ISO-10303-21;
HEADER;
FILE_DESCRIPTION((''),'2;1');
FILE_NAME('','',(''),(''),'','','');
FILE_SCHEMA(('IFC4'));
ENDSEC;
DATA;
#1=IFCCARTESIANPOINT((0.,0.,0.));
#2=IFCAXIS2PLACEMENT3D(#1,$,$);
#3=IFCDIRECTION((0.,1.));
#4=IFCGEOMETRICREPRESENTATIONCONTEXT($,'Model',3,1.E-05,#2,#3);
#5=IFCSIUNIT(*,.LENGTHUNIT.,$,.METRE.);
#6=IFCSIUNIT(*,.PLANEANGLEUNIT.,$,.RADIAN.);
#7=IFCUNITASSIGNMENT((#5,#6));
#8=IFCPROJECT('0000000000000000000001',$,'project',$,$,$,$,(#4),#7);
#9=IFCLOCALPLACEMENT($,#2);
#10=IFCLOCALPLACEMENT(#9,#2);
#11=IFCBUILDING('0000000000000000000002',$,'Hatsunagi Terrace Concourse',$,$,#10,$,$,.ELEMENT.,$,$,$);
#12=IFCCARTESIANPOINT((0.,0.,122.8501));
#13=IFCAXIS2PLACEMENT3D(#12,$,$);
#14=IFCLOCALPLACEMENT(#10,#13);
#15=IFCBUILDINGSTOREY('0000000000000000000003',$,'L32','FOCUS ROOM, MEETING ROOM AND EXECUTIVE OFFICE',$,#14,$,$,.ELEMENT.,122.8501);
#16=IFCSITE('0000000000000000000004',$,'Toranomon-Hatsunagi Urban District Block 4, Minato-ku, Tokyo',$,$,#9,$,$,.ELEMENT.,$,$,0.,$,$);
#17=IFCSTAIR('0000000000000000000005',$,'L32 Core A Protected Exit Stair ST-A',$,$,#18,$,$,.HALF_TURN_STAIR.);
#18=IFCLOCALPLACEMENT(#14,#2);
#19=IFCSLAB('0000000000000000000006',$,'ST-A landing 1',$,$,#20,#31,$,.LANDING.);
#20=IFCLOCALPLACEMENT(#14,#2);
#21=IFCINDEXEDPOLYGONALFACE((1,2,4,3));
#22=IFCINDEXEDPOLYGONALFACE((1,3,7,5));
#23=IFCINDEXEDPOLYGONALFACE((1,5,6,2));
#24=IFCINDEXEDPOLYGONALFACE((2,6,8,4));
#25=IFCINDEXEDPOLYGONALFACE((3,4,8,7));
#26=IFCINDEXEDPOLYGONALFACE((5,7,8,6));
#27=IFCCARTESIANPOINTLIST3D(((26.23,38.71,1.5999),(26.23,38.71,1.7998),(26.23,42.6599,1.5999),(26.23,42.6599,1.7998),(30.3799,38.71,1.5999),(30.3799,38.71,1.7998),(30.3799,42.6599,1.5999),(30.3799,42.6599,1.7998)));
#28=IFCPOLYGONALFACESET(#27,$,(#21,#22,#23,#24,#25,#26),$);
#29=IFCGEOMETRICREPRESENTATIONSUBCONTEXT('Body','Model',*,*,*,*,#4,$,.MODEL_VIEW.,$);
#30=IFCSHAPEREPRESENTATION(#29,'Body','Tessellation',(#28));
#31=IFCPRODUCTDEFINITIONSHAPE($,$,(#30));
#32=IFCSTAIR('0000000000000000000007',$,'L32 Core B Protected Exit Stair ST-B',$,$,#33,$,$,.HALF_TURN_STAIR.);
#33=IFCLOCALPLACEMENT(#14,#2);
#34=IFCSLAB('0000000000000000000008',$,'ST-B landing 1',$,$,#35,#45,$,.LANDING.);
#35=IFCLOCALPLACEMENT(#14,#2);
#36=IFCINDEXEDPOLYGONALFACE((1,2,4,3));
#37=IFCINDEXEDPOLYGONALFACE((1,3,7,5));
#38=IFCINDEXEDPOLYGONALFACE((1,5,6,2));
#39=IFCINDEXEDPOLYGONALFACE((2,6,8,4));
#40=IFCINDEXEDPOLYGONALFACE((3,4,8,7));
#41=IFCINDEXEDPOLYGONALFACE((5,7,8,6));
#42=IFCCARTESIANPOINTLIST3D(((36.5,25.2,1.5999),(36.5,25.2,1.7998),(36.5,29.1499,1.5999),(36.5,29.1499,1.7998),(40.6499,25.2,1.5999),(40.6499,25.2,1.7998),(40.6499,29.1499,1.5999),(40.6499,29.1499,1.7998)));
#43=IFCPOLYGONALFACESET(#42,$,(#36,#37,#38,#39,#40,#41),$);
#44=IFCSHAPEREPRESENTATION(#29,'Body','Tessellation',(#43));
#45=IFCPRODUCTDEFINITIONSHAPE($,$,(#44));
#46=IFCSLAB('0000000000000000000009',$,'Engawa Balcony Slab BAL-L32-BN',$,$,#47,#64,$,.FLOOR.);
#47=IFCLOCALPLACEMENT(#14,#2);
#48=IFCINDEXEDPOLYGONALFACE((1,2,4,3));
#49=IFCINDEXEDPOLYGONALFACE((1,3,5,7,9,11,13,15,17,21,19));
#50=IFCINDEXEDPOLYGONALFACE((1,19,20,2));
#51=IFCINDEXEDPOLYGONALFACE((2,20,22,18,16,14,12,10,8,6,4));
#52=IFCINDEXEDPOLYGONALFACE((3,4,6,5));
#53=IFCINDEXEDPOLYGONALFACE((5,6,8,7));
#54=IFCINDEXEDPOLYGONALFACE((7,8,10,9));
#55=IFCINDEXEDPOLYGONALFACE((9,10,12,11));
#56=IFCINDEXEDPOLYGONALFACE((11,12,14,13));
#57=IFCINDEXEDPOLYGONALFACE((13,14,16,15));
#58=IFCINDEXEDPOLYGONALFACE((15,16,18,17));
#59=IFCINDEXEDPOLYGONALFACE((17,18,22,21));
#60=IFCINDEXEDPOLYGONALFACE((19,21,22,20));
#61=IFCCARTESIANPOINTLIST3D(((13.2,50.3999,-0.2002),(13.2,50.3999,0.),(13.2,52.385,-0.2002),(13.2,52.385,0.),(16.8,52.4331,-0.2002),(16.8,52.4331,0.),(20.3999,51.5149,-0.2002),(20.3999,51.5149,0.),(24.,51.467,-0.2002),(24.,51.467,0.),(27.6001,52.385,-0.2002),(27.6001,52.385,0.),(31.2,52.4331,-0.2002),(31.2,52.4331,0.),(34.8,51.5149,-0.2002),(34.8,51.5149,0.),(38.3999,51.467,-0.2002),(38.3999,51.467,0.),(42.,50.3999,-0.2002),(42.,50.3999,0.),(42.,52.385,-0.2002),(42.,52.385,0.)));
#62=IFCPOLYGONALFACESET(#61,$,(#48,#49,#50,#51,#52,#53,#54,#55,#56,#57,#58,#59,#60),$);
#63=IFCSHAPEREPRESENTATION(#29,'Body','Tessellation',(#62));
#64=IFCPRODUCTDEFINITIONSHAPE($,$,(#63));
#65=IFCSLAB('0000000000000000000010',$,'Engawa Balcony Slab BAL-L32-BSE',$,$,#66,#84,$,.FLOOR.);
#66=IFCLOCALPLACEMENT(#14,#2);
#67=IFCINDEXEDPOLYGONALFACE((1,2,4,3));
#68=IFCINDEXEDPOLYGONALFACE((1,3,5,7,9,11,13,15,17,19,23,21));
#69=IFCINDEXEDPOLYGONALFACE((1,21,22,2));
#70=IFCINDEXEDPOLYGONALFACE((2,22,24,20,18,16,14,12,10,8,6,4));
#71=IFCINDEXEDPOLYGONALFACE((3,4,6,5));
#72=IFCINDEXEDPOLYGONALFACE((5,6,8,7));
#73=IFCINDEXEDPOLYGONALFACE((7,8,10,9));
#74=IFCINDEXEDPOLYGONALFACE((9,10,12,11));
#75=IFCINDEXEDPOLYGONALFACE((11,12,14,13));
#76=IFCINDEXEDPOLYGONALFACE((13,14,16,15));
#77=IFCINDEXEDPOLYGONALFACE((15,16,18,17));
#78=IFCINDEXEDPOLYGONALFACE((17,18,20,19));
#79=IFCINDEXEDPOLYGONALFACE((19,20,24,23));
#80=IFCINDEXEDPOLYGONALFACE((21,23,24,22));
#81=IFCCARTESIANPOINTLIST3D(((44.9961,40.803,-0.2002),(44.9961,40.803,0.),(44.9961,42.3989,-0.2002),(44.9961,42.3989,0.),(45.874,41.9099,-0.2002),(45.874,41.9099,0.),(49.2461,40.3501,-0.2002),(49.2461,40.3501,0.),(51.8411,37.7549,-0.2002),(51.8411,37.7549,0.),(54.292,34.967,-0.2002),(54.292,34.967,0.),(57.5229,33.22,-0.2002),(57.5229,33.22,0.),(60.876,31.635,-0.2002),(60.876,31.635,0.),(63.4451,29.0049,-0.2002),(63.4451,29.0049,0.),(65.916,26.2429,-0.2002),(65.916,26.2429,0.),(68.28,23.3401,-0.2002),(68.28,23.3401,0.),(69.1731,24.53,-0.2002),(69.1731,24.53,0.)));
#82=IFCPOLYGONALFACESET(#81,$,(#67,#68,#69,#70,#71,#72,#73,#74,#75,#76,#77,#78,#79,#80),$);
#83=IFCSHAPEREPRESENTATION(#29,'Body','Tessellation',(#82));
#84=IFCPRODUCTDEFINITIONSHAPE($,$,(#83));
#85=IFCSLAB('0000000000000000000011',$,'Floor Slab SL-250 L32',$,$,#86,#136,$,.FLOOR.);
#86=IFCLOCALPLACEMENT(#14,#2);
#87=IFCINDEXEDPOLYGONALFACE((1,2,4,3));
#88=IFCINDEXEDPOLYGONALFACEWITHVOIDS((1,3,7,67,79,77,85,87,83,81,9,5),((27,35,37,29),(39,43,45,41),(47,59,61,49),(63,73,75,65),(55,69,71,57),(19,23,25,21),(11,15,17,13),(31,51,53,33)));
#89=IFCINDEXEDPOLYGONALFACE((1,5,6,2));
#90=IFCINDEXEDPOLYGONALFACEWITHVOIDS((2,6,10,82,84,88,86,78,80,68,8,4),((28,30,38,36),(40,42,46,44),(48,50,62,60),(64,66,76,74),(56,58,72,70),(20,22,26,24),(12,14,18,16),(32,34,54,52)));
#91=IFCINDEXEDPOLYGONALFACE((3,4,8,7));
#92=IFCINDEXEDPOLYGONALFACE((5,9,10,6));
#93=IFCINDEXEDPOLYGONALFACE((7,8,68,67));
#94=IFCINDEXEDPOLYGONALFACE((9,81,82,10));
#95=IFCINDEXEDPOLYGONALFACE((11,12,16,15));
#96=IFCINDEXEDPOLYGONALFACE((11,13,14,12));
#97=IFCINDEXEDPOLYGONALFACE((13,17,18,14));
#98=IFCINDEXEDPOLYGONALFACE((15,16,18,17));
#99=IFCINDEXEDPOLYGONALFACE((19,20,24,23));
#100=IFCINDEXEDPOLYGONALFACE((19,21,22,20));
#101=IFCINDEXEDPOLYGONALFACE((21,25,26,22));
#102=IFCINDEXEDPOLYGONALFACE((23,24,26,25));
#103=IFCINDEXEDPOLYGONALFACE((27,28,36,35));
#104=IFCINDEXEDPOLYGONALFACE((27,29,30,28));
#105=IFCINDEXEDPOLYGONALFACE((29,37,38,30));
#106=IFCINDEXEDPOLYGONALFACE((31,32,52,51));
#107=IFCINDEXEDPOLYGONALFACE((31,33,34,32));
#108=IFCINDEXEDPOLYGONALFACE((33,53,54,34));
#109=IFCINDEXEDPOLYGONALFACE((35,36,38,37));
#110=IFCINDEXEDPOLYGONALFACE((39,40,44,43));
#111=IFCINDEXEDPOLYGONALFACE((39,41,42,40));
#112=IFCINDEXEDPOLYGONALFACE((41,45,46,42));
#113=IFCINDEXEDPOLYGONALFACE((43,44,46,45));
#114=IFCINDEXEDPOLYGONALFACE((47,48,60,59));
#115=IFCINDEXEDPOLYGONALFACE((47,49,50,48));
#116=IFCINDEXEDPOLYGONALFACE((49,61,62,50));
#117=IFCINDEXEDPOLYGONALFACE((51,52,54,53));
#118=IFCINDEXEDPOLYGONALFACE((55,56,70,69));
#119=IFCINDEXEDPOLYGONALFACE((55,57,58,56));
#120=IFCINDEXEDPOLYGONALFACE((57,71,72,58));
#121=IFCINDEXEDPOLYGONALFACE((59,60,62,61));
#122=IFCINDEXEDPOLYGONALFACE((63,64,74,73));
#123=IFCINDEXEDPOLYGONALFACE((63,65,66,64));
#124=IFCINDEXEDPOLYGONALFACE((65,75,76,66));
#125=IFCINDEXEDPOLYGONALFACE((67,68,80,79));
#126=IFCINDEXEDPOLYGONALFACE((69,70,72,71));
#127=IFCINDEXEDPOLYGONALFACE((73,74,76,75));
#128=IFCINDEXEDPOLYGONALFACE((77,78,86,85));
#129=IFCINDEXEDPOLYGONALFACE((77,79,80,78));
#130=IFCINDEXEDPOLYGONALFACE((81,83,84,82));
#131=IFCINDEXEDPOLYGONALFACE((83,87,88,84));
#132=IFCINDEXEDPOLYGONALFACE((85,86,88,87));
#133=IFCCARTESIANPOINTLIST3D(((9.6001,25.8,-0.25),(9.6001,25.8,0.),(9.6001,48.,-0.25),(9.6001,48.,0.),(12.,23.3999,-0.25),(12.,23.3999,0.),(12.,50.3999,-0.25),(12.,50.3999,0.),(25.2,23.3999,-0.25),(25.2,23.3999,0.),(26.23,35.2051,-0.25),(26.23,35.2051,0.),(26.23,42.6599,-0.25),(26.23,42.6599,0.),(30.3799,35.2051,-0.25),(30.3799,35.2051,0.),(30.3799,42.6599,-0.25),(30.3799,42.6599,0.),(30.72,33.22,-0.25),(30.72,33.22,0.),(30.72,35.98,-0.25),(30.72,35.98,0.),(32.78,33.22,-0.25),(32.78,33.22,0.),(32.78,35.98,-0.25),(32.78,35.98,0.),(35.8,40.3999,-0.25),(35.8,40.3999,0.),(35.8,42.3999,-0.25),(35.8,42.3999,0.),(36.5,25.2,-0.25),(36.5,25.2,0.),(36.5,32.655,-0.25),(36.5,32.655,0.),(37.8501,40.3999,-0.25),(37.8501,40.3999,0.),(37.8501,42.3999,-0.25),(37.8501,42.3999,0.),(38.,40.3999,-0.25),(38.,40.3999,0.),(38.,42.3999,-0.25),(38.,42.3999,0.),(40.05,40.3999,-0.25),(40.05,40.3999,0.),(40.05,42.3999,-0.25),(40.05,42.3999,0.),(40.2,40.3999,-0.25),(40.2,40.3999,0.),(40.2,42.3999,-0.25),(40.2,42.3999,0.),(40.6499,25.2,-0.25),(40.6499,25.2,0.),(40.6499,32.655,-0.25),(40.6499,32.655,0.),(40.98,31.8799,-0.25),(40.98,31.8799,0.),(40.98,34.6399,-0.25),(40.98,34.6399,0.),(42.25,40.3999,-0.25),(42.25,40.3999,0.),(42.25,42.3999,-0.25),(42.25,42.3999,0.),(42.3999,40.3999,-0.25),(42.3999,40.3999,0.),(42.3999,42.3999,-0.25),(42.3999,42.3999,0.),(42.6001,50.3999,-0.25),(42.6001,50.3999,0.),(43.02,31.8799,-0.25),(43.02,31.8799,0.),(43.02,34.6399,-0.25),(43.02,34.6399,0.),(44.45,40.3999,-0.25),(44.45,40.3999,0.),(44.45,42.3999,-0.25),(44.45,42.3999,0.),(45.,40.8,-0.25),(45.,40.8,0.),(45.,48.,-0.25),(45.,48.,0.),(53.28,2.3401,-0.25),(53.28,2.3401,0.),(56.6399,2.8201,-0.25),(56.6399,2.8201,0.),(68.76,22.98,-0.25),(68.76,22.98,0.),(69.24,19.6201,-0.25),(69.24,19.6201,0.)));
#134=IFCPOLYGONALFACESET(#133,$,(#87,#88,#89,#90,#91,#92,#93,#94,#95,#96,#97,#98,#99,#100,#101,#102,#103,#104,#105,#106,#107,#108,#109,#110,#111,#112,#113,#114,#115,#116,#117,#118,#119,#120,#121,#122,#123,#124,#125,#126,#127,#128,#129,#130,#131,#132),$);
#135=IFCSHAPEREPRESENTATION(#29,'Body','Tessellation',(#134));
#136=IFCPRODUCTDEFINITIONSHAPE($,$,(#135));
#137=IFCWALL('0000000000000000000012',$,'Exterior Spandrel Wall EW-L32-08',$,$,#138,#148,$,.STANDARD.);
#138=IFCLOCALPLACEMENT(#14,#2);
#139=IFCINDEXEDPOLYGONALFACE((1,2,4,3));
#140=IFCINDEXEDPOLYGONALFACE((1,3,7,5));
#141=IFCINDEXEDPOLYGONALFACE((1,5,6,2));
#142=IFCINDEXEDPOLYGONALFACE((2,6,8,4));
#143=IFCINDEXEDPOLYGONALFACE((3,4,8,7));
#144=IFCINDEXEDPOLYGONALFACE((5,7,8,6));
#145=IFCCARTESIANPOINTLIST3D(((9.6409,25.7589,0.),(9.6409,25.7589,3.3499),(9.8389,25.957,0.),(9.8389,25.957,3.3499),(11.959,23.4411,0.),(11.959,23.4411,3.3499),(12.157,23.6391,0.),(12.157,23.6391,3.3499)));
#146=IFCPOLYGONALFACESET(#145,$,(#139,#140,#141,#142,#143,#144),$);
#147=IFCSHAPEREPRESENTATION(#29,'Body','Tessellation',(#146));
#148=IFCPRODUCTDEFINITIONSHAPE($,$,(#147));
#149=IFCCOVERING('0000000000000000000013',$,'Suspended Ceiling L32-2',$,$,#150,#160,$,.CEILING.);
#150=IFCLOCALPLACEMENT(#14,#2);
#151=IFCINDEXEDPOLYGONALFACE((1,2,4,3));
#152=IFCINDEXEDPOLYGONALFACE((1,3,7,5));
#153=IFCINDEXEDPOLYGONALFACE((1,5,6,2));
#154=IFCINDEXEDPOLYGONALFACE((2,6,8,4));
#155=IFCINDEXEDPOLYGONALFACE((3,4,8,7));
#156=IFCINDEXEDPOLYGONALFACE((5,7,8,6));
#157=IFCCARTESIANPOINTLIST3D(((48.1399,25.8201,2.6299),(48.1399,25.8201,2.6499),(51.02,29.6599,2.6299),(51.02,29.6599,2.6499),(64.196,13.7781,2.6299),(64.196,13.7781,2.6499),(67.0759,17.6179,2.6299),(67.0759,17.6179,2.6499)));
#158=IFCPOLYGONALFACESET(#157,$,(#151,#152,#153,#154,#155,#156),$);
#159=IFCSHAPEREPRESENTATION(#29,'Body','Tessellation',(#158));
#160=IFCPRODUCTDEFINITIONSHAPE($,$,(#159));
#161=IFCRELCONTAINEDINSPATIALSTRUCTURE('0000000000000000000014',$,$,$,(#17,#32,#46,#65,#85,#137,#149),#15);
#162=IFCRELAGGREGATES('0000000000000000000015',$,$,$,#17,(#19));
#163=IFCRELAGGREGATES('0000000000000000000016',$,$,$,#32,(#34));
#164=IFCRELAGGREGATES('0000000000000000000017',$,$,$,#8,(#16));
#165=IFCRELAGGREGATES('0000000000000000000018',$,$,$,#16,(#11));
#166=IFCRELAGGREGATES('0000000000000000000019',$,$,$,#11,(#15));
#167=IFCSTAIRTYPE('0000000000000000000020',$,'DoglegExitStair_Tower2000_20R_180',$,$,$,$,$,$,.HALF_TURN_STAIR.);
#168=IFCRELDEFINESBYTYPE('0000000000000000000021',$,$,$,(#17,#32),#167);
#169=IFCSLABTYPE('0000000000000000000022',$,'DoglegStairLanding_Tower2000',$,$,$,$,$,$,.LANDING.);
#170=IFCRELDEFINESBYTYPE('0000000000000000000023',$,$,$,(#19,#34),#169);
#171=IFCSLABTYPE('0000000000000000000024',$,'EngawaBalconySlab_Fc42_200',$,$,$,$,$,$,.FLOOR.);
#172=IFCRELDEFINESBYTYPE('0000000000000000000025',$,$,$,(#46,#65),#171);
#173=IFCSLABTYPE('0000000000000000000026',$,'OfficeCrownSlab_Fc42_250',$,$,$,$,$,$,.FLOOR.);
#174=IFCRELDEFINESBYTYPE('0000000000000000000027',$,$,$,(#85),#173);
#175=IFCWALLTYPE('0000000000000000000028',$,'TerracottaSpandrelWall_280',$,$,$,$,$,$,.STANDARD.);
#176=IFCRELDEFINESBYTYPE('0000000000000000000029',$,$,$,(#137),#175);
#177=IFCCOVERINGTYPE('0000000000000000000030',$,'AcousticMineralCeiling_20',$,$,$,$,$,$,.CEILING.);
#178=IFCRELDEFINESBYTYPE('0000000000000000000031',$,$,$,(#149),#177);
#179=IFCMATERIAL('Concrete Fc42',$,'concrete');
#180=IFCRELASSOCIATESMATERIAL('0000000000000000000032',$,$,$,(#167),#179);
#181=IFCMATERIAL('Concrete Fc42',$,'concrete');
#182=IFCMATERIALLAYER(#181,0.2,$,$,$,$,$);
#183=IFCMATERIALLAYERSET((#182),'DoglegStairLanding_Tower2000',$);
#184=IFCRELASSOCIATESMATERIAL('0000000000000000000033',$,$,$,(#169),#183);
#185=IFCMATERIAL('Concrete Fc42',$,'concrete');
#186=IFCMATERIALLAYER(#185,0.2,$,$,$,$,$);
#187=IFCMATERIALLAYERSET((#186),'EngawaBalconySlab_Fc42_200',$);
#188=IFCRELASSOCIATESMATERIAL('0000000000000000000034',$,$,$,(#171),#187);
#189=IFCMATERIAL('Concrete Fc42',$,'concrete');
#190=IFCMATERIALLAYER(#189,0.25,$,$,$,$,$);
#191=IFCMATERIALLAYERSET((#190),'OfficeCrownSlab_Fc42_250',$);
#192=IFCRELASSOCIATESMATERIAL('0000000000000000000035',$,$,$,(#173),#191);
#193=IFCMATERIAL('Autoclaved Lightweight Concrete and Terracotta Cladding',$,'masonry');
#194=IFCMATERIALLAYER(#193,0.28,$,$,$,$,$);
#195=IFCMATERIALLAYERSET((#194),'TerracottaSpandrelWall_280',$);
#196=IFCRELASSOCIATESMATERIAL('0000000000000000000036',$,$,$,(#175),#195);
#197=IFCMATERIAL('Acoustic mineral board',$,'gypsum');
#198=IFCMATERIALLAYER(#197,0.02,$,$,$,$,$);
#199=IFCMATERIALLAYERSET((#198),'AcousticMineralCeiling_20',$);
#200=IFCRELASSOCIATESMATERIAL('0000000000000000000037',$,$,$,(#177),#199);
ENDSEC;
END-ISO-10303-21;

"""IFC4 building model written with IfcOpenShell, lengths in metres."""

from ifc_helpers import new_model, si_unit, direction, frame, frame_2d, origin, place, context, subcontext, project, spatial, polyline, rectangle, outline, extrude, material, layer, layer_set, type_object, element, aggregate, save


model = new_model("IFC4")

# Units and contexts
model_context = context("Model", 3, precision=1e-05, world=origin(), true_north=direction((0.0, 1.0)))
body_context = subcontext(model_context, "Body", "Model", "MODEL_VIEW")
ifc_project = project(units=[si_unit("LENGTHUNIT", "METRE"), si_unit("PLANEANGLEUNIT", "RADIAN")], contexts=[model_context])

# Site, building, storey
site_placement = place(None, origin())
site = spatial("IfcSite", under=ifc_project, at=site_placement, Name="Toranomon-Hatsunagi Urban District Block 4, Minato-ku, Tokyo", CompositionType="ELEMENT", RefElevation=0.0)
building_placement = place(site_placement, origin())
building = spatial("IfcBuilding", under=site, at=building_placement, Name="Hatsunagi Terrace Concourse", CompositionType="ELEMENT")
storey_placement = place(building_placement, frame((0.0, 0.0, 122.8501)))
storey = spatial("IfcBuildingStorey", under=building, at=storey_placement, Name="L32", Description="FOCUS ROOM, MEETING ROOM AND EXECUTIVE OFFICE", CompositionType="ELEMENT", Elevation=122.8501)

# Stairs, slabs
ifc_material_1 = material(Name="Concrete Fc42", Category="concrete")
stair_type = type_object("IfcStairType", Name="DoglegExitStair_Tower2000_20R_180", PredefinedType="HALF_TURN_STAIR", material=ifc_material_1)
stair_1_placement = place(storey_placement, origin())
stair_1 = element("IfcStair", 1, at=stair_1_placement, inside=storey, type_object=stair_type, Name="L32 Core A Protected Exit Stair ST-A", PredefinedType="HALF_TURN_STAIR")
ifc_material_2 = material(Name="Concrete Fc42", Category="concrete")
ifc_layer_1 = layer(ifc_material_2, 0.2)
ifc_layer_set_1 = layer_set([ifc_layer_1], Name="DoglegStairLanding_Tower2000")
slab_type_1 = type_object("IfcSlabType", Name="DoglegStairLanding_Tower2000", PredefinedType="LANDING", material=ifc_layer_set_1)
slab_1_placement = place(storey_placement, frame((0.0, 0.0, 1.5999)))
slab_1 = element("IfcSlab", 2, at=slab_1_placement, type_object=slab_type_1, Name="ST-A landing 1", PredefinedType="LANDING", context=body_context, shape_type="SweptSolid", body=[
    extrude(outline(polyline([(30.3799, 38.71), (30.3799, 42.6599), (26.23, 42.6599), (26.23, 38.71), (30.3799, 38.71)])), origin(), (0.0, 0.0, 1.0), 0.2),
])
aggregate(stair_1, [slab_1])
stair_2_placement = place(storey_placement, origin())
stair_2 = element("IfcStair", 3, at=stair_2_placement, inside=storey, type_object=stair_type, Name="L32 Core B Protected Exit Stair ST-B", PredefinedType="HALF_TURN_STAIR")
slab_2_placement = place(storey_placement, frame((0.0, 0.0, 1.5999)))
slab_2 = element("IfcSlab", 4, at=slab_2_placement, type_object=slab_type_1, Name="ST-B landing 1", PredefinedType="LANDING", context=body_context, shape_type="SweptSolid", body=[
    extrude(outline(polyline([(36.5, 29.1499), (36.5, 25.2), (40.6499, 25.2), (40.6499, 29.1499), (36.5, 29.1499)])), origin(), (0.0, 0.0, 1.0), 0.2),
])
aggregate(stair_2, [slab_2])

# Slabs
ifc_material_3 = material(Name="Concrete Fc42", Category="concrete")
ifc_layer_2 = layer(ifc_material_3, 0.2)
ifc_layer_set_2 = layer_set([ifc_layer_2], Name="EngawaBalconySlab_Fc42_200")
slab_type_2 = type_object("IfcSlabType", Name="EngawaBalconySlab_Fc42_200", PredefinedType="FLOOR", material=ifc_layer_set_2)
slab_3_placement = place(storey_placement, frame((0.0, 0.0, -0.2002)))
element("IfcSlab", 5, at=slab_3_placement, inside=storey, type_object=slab_type_2, Name="Engawa Balcony Slab BAL-L32-BN", PredefinedType="FLOOR", context=body_context, shape_type="SweptSolid", body=[
    extrude(outline(polyline([(13.2, 52.385), (13.2, 50.3999), (42.0, 50.3999), (42.0, 52.385), (38.3999, 51.467), (34.8, 51.5149), (31.2, 52.4331), (27.6001, 52.385), (24.0, 51.467), (20.3999, 51.5149), (16.8, 52.4331), (13.2, 52.385)])), origin(), (0.0, 0.0, 1.0), 0.2002),
])
slab_4_placement = place(storey_placement, frame((0.0, 0.0, -0.2002)))
element("IfcSlab", 6, at=slab_4_placement, inside=storey, type_object=slab_type_2, Name="Engawa Balcony Slab BAL-L32-BSE", PredefinedType="FLOOR", context=body_context, shape_type="SweptSolid", body=[
    extrude(outline(polyline([(45.874, 41.9099), (44.9961, 42.3989), (44.9961, 40.803), (68.28, 23.3401), (69.1731, 24.53), (65.916, 26.2429), (63.4451, 29.0049), (60.876, 31.635), (57.5229, 33.22), (54.292, 34.967), (51.8411, 37.7549), (49.2461, 40.3501), (45.874, 41.9099)])), origin(), (0.0, 0.0, 1.0), 0.2002),
])
ifc_material_4 = material(Name="Concrete Fc42", Category="concrete")
ifc_layer_3 = layer(ifc_material_4, 0.25)
ifc_layer_set_3 = layer_set([ifc_layer_3], Name="OfficeCrownSlab_Fc42_250")
slab_type_3 = type_object("IfcSlabType", Name="OfficeCrownSlab_Fc42_250", PredefinedType="FLOOR", material=ifc_layer_set_3)
slab_5_placement = place(storey_placement, frame((0.0, 0.0, -0.25)))
element("IfcSlab", 7, at=slab_5_placement, inside=storey, type_object=slab_type_3, Name="Floor Slab SL-250 L32", PredefinedType="FLOOR", context=body_context, shape_type="SweptSolid", body=[
    extrude(outline(polyline([(45.0, 40.8), (45.0, 48.0), (42.6001, 50.3999), (12.0, 50.3999), (9.6001, 48.0), (9.6001, 25.8), (12.0, 23.3999), (25.2, 23.3999), (53.28, 2.3401), (56.6399, 2.8201), (69.24, 19.6201), (68.76, 22.98), (45.0, 40.8)]), holes=[polyline([(26.23, 35.2051), (30.3799, 35.2051), (30.3799, 42.6599), (26.23, 42.6599), (26.23, 35.2051)]), polyline([(36.5, 25.2), (40.6499, 25.2), (40.6499, 32.655), (36.5, 32.655), (36.5, 25.2)]), polyline([(30.72, 33.22), (32.78, 33.22), (32.78, 35.98), (30.72, 35.98), (30.72, 33.22)]), polyline([(40.98, 31.8799), (43.02, 31.8799), (43.02, 34.6399), (40.98, 34.6399), (40.98, 31.8799)]), polyline([(35.8, 40.3999), (37.8501, 40.3999), (37.8501, 42.3999), (35.8, 42.3999), (35.8, 40.3999)]), polyline([(38.0, 40.3999), (40.05, 40.3999), (40.05, 42.3999), (38.0, 42.3999), (38.0, 40.3999)]), polyline([(40.2, 40.3999), (42.25, 40.3999), (42.25, 42.3999), (40.2, 42.3999), (40.2, 40.3999)]), polyline([(42.3999, 40.3999), (44.45, 40.3999), (44.45, 42.3999), (42.3999, 42.3999), (42.3999, 40.3999)])]), origin(), (0.0, 0.0, 1.0), 0.25),
])

# Wall
ifc_material_5 = material(Name="Autoclaved Lightweight Concrete and Terracotta Cladding", Category="masonry")
ifc_layer_4 = layer(ifc_material_5, 0.28)
ifc_layer_set_4 = layer_set([ifc_layer_4], Name="TerracottaSpandrelWall_280")
wall_type = type_object("IfcWallType", Name="TerracottaSpandrelWall_280", PredefinedType="STANDARD", material=ifc_layer_set_4)
wall_placement = place(storey_placement, frame((12.0581, 23.54, 0.0), z_axis=(0.0, 0.0, 1.0), x_axis=(-0.707144, 0.70707, 0.0)))
element("IfcWall", 8, at=wall_placement, inside=storey, type_object=wall_type, Name="Exterior Spandrel Wall EW-L32-08", PredefinedType="STANDARD", context=body_context, shape_type="SweptSolid", body=[
    extrude(rectangle(XDim=3.2781, YDim=0.28, at=frame_2d((1.6392, 0.0))), origin(), (0.0, 0.0, 1.0), 3.3499),
])

# Covering
ifc_material_6 = material(Name="Acoustic mineral board", Category="gypsum")
ifc_layer_5 = layer(ifc_material_6, 0.02)
ifc_layer_set_5 = layer_set([ifc_layer_5], Name="AcousticMineralCeiling_20")
covering_type_1 = type_object("IfcCoveringType", Name="AcousticMineralCeiling_20", PredefinedType="CEILING", material=ifc_layer_set_5)
covering_1_placement = place(storey_placement, frame((0.0, 0.0, 2.6299)))
element("IfcCovering", 9, at=covering_1_placement, inside=storey, type_object=covering_type_1, Name="Suspended Ceiling L32-2", PredefinedType="CEILING", context=body_context, shape_type="SweptSolid", body=[
    extrude(outline(polyline([(67.0759, 17.6179), (51.02, 29.6599), (48.1399, 25.8201), (64.196, 13.7781), (67.0759, 17.6179)])), origin(), (0.0, 0.0, 1.0), 0.02),
])

save(model, "model.ifc")
